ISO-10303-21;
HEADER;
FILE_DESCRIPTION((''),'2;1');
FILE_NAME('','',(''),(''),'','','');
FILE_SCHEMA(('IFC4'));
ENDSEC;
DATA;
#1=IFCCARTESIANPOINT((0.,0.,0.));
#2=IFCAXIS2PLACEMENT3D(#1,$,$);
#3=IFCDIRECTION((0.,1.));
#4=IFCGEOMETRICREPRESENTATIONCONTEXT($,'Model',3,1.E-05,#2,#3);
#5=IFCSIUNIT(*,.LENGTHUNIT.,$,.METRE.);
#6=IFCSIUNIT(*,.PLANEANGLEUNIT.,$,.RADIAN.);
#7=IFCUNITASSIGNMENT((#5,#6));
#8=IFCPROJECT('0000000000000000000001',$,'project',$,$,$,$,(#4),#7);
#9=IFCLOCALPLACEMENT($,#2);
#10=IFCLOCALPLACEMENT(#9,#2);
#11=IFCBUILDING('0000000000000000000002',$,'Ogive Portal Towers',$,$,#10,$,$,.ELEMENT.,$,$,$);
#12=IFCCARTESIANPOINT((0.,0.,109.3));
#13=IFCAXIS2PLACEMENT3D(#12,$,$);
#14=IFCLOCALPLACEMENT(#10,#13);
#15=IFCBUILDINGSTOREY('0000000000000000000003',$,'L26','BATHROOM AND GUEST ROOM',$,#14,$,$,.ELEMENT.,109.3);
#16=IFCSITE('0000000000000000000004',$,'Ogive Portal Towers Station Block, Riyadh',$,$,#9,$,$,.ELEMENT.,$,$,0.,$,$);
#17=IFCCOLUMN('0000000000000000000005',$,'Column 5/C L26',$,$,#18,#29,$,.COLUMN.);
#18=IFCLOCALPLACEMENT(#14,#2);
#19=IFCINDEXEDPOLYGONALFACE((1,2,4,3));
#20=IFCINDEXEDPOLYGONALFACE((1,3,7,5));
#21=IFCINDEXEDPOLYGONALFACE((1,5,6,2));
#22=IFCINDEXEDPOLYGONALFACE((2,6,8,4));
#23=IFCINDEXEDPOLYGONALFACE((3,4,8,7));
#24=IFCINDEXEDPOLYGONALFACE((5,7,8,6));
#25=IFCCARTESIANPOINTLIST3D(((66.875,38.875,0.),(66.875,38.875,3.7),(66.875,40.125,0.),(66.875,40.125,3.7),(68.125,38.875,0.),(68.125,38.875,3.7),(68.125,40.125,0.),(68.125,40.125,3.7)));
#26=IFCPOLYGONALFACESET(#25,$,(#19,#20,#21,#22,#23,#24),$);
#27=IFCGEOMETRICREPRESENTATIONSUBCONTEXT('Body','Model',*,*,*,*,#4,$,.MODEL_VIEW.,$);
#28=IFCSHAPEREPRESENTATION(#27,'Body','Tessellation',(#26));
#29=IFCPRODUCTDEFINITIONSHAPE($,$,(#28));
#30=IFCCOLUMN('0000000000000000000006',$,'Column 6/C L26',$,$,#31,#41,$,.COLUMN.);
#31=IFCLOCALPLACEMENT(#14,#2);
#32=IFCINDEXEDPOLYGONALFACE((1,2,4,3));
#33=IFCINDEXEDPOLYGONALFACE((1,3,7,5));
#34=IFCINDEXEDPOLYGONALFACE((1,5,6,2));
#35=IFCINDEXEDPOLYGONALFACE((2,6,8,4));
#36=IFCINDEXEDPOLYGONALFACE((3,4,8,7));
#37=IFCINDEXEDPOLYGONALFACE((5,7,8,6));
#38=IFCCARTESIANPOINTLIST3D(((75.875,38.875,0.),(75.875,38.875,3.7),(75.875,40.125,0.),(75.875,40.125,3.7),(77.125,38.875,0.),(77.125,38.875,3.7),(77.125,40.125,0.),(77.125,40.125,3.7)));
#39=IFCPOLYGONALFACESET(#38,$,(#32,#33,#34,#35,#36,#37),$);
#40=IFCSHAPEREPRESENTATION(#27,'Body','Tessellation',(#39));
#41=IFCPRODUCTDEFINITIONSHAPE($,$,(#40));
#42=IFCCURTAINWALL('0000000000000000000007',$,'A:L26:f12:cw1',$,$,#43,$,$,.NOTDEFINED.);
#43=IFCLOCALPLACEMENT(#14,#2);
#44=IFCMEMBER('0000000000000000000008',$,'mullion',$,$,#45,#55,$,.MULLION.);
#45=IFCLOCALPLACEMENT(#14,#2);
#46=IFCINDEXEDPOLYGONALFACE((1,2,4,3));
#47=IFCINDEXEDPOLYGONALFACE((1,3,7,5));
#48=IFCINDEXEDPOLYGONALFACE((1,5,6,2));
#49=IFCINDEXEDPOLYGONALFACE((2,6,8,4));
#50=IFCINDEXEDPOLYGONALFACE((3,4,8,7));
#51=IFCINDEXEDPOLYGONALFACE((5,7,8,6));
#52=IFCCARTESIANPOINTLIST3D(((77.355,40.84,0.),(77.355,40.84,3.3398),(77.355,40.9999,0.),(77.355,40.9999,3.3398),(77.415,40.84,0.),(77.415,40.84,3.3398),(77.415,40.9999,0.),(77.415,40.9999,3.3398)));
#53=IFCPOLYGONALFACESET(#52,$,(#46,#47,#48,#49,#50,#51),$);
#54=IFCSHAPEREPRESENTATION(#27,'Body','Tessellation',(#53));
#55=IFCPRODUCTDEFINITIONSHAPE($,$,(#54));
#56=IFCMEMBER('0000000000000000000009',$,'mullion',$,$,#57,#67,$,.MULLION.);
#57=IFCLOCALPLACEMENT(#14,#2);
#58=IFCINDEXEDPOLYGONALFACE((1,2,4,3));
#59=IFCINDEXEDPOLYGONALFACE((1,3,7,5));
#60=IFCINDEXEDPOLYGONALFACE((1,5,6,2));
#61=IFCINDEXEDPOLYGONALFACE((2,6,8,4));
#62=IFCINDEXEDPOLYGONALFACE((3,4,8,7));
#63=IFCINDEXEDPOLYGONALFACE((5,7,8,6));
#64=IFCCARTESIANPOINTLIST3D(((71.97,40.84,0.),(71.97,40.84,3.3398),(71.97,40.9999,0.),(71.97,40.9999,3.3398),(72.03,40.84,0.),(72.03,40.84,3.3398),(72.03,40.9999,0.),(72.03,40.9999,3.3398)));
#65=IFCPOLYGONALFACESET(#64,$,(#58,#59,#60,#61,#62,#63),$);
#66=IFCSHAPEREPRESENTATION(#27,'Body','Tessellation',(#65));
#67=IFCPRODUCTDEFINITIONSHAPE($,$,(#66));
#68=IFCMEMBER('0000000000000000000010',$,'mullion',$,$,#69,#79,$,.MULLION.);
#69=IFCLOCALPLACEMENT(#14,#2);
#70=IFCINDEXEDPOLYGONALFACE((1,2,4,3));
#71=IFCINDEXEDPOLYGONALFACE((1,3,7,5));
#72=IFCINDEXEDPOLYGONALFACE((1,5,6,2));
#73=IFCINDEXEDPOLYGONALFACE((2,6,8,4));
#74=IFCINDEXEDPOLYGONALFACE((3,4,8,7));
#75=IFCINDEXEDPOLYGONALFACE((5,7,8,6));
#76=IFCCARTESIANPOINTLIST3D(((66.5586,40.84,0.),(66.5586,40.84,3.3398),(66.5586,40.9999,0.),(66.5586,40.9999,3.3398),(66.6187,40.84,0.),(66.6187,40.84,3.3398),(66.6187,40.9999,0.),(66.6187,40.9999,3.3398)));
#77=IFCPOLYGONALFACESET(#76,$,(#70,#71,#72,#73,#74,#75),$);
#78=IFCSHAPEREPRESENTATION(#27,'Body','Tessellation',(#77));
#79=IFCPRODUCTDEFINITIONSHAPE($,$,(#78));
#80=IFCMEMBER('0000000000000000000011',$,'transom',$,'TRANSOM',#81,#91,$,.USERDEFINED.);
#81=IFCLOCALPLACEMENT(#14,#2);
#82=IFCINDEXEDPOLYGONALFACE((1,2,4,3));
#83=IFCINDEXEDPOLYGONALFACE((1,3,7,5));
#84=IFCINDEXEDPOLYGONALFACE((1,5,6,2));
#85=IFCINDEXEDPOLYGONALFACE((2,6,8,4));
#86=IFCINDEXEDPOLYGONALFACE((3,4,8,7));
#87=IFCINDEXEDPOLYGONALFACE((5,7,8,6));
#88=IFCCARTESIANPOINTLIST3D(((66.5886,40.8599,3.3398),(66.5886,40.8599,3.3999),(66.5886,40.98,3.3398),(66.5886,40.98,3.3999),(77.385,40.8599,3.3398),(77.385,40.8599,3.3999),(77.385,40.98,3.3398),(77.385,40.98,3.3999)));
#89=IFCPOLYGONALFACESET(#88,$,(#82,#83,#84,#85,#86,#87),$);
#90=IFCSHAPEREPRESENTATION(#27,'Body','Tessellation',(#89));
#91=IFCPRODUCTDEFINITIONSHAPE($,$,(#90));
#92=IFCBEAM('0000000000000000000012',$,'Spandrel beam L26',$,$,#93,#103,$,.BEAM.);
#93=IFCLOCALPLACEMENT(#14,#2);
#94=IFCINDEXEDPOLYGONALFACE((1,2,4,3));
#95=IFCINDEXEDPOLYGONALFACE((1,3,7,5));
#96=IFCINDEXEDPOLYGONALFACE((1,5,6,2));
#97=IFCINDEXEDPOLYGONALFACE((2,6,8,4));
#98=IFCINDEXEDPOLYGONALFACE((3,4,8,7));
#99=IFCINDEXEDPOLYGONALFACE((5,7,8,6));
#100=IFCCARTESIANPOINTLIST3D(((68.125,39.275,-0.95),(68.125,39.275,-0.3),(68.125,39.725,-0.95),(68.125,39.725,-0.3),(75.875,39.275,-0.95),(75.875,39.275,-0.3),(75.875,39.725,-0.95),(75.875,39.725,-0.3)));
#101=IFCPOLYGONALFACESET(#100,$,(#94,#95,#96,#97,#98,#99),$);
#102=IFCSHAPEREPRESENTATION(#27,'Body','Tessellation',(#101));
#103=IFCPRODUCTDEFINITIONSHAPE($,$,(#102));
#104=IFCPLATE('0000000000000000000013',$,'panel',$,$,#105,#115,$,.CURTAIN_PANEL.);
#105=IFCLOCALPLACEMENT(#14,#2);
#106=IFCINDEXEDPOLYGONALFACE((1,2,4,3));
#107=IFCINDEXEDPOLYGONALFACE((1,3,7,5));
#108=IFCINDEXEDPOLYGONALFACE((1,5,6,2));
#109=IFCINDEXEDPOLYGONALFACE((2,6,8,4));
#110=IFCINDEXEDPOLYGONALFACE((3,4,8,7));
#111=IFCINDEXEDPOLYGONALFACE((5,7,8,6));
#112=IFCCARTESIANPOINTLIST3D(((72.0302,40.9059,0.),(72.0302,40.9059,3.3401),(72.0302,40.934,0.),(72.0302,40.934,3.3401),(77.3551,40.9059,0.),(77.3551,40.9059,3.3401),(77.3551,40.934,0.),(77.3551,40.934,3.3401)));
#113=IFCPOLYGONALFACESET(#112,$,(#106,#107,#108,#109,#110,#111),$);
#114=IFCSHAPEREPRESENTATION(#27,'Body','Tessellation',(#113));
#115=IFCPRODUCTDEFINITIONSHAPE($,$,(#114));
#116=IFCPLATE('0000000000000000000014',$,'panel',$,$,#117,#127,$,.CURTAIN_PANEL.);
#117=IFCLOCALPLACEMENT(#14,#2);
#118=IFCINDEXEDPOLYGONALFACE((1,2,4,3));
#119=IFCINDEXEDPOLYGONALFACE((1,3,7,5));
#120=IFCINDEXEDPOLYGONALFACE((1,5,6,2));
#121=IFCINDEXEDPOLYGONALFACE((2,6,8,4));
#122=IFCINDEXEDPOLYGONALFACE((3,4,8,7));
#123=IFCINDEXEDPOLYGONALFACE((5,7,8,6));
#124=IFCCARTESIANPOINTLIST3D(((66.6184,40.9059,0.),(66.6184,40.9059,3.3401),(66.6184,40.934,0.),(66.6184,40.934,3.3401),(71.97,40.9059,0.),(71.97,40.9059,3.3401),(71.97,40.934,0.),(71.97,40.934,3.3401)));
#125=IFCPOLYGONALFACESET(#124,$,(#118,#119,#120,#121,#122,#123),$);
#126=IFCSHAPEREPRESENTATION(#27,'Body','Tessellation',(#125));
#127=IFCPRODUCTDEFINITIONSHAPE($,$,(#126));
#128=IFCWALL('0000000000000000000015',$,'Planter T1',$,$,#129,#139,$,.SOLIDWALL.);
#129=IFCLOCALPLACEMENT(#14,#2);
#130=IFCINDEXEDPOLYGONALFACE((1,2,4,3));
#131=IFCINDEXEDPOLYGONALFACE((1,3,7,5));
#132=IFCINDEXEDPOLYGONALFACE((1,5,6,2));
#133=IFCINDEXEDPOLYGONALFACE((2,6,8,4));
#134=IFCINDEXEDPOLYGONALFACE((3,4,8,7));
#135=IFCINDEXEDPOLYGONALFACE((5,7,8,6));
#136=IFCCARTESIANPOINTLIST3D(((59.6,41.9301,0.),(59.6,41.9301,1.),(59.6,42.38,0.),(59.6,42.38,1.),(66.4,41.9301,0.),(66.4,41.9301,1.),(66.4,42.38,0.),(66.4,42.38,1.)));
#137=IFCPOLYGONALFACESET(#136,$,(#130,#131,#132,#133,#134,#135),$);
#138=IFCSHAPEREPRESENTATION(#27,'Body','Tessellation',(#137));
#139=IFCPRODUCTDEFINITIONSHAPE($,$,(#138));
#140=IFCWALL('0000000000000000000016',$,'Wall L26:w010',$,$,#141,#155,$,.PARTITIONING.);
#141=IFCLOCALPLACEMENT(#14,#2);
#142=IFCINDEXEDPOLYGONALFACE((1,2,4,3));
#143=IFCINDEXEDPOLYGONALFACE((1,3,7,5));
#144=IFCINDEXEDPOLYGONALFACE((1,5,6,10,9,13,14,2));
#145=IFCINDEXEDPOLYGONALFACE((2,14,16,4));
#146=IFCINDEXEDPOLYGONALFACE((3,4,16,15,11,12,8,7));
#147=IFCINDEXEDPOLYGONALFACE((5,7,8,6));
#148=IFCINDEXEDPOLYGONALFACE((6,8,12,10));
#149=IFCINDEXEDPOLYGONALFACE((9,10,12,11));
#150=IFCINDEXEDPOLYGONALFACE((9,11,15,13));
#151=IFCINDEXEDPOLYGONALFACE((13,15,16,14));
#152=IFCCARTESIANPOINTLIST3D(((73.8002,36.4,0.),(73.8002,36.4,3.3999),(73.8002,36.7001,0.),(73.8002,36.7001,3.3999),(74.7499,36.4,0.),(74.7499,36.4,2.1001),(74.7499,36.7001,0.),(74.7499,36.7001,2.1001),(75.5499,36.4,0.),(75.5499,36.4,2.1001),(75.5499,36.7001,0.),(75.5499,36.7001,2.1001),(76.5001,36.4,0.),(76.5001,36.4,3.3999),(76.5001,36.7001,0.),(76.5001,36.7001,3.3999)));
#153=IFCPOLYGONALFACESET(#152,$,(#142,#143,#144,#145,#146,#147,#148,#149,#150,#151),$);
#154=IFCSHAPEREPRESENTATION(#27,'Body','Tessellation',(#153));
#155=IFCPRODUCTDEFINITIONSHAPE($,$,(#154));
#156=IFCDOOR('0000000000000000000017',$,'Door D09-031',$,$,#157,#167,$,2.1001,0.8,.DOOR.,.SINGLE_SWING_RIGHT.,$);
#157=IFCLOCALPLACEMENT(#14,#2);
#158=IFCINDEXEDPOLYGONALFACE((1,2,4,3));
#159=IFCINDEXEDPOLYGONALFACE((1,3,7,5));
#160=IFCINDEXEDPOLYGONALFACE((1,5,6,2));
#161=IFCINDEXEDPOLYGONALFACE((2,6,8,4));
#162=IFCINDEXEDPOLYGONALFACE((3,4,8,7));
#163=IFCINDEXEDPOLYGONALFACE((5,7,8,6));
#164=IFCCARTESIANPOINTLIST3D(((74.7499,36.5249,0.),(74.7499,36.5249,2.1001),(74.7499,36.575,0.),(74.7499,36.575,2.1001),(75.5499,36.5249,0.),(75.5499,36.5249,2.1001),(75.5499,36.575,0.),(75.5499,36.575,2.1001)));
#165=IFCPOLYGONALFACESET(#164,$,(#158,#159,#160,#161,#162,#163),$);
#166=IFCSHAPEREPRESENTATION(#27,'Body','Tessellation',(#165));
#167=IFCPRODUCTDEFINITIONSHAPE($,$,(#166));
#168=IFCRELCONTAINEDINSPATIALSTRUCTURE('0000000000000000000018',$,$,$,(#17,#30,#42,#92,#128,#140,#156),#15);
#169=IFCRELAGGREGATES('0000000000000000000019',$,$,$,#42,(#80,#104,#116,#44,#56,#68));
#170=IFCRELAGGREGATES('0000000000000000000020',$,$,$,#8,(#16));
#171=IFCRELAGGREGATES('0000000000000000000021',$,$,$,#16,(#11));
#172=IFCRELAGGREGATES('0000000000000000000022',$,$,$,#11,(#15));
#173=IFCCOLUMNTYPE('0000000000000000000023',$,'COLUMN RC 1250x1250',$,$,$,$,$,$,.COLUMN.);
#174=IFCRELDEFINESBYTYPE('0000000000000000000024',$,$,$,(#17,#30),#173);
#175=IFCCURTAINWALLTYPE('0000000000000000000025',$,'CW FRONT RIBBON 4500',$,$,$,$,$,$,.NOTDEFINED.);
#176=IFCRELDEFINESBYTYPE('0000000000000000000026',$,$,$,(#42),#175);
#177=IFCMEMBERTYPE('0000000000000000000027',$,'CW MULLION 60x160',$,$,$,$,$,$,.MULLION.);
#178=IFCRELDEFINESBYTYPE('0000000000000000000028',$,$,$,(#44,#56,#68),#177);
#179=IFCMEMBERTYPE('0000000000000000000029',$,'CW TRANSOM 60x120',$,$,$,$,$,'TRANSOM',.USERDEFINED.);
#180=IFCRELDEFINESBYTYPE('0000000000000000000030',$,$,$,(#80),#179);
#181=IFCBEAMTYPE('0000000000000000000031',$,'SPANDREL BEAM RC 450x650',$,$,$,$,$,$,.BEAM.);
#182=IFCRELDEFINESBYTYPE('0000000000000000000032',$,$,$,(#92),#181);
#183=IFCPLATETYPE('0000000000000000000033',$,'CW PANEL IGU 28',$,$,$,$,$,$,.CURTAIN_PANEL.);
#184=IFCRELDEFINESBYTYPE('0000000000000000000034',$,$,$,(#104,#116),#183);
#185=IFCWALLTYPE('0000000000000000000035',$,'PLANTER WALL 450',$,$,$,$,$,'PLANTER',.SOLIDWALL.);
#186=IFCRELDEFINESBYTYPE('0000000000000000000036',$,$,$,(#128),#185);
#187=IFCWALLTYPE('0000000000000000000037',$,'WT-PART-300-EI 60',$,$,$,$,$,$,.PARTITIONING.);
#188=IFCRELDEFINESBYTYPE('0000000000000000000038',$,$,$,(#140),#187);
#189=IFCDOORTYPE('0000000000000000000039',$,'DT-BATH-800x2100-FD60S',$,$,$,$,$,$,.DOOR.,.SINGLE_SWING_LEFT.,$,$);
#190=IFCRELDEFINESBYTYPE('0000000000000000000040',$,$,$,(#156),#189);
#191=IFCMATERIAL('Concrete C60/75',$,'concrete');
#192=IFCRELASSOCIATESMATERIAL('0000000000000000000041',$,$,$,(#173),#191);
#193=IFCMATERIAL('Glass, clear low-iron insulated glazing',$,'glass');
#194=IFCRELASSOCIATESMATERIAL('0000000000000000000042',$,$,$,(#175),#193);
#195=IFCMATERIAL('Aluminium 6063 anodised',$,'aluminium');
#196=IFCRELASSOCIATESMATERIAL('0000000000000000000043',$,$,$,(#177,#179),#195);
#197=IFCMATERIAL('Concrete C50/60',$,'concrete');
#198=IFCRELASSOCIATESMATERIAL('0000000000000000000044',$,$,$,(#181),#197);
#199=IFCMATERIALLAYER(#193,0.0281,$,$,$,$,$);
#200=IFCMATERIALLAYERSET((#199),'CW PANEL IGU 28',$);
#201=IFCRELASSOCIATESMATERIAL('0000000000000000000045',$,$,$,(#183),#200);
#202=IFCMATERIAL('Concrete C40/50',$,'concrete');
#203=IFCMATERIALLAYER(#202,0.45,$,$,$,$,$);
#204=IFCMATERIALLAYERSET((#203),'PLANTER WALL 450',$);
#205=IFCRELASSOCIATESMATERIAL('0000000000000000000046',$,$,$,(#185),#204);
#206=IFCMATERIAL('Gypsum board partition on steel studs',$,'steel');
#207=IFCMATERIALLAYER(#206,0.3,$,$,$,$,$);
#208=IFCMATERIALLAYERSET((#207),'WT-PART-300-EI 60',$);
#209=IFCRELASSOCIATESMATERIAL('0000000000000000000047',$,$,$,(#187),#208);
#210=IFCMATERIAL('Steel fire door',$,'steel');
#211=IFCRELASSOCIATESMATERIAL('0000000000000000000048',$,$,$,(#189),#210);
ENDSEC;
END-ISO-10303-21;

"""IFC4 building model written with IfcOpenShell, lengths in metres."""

from ifc_helpers import new_model, si_unit, direction, frame, frame_2d, origin, origin_2d, place, context, subcontext, project, spatial, rectangle, extrude, material, layer, layer_set, material_profile, profile_set, type_object, element, fill, aggregate, save


model = new_model("IFC4")

# Units and contexts
model_context = context("Model", 3, precision=1e-05, world=origin(), true_north=direction((0.0, 1.0)))
body_context = subcontext(model_context, "Body", "Model", "MODEL_VIEW")
ifc_project = project(units=[si_unit("LENGTHUNIT", "METRE"), si_unit("PLANEANGLEUNIT", "RADIAN")], contexts=[model_context])

# Site, building, storey
site_placement = place(None, origin())
site = spatial("IfcSite", under=ifc_project, at=site_placement, Name="Ogive Portal Towers Station Block, Riyadh", CompositionType="ELEMENT", RefElevation=0.0)
building_placement = place(site_placement, origin())
building = spatial("IfcBuilding", under=site, at=building_placement, Name="Ogive Portal Towers", CompositionType="ELEMENT")
storey_placement = place(building_placement, frame((0.0, 0.0, 109.3)))
storey = spatial("IfcBuildingStorey", under=building, at=storey_placement, Name="L26", Description="BATHROOM AND GUEST ROOM", CompositionType="ELEMENT", Elevation=109.3)

# Columns
ifc_material_1 = material(Name="Concrete C60/75", Category="concrete")
ifc_material_profile_1 = material_profile(ifc_material_1, rectangle(XDim=1.25, YDim=1.25, at=origin_2d()), Name="RC 1250x1250")
ifc_profile_set_1 = profile_set([ifc_material_profile_1], Name="Concrete C60/75")
column_type = type_object("IfcColumnType", Name="COLUMN RC 1250x1250", PredefinedType="COLUMN", material=ifc_profile_set_1)
for number, where, z_axis, x_axis, name in (
    (1, (67.5, 39.5, 0.0), (0.0, 0.0, 1.0), (1.0, 0.0, 0.0), "Column 5/C L26"),
    (2, (76.5, 39.5, 0.0), (0.0, 0.0, 1.0), (1.0, 0.0, 0.0), "Column 6/C L26"),
):
    element("IfcColumn", number, at=place(storey_placement, frame(where, z_axis=z_axis, x_axis=x_axis)), inside=storey, type_object=column_type, Name=name, PredefinedType="COLUMN", context=body_context, shape_type="SweptSolid", body=[
        extrude(rectangle(XDim=1.25, YDim=1.25, at=origin_2d()), origin(), (0.0, 0.0, 1.0), 3.7),
    ])

# Curtain wall, members
ifc_material_2 = material(Name="Glass, clear low-iron insulated glazing", Category="glass")
curtain_wall_type = type_object("IfcCurtainWallType", Name="CW FRONT RIBBON 4500", PredefinedType="NOTDEFINED", material=ifc_material_2)
curtain_wall_placement = place(storey_placement, origin())
curtain_wall = element("IfcCurtainWall", 3, at=curtain_wall_placement, inside=storey, type_object=curtain_wall_type, Name="A:L26:f12:cw1", PredefinedType="NOTDEFINED")
ifc_material_3 = material(Name="Aluminium 6063 anodised", Category="aluminium")
ifc_material_profile_2 = material_profile(ifc_material_3, rectangle(XDim=0.1599, YDim=0.0601, at=origin_2d()), Name="AL 60x160")
ifc_profile_set_2 = profile_set([ifc_material_profile_2], Name="Aluminium 6063 anodised")
member_type_1 = type_object("IfcMemberType", Name="CW MULLION 60x160", PredefinedType="MULLION", material=ifc_profile_set_2)
member_1_placement = place(storey_placement, frame((77.385, 40.9199, 0.0), z_axis=(0.0, 0.0, 1.0), x_axis=(0.0, -1.0, 0.0)))
member_1 = element("IfcMember", 4, at=member_1_placement, type_object=member_type_1, Name="mullion", PredefinedType="MULLION", context=body_context, shape_type="SweptSolid", body=[
    extrude(rectangle(XDim=0.1599, YDim=0.0601, at=origin_2d()), origin(), (0.0, 0.0, 1.0), 3.3398),
])
member_2_placement = place(storey_placement, frame((72.0, 40.9199, 0.0), z_axis=(0.0, 0.0, 1.0), x_axis=(0.0, -1.0, 0.0)))
member_2 = element("IfcMember", 5, at=member_2_placement, type_object=member_type_1, Name="mullion", PredefinedType="MULLION", context=body_context, shape_type="SweptSolid", body=[
    extrude(rectangle(XDim=0.1599, YDim=0.0601, at=origin_2d()), origin(), (0.0, 0.0, 1.0), 3.3398),
])
member_3_placement = place(storey_placement, frame((66.5886, 40.9199, 0.0), z_axis=(0.0, 0.0, 1.0), x_axis=(0.0, -1.0, 0.0)))
member_3 = element("IfcMember", 6, at=member_3_placement, type_object=member_type_1, Name="mullion", PredefinedType="MULLION", context=body_context, shape_type="SweptSolid", body=[
    extrude(rectangle(XDim=0.1599, YDim=0.0601, at=origin_2d()), origin(), (0.0, 0.0, 1.0), 3.3398),
])
ifc_material_profile_3 = material_profile(ifc_material_3, rectangle(XDim=0.1201, YDim=0.0601, at=origin_2d()), Name="AL 120x60")
ifc_profile_set_3 = profile_set([ifc_material_profile_3], Name="Aluminium 6063 anodised")
member_type_2 = type_object("IfcMemberType", Name="CW TRANSOM 60x120", ElementType="TRANSOM", PredefinedType="USERDEFINED", material=ifc_profile_set_3)
member_4_placement = place(storey_placement, frame((77.385, 40.9199, 3.3699), z_axis=(-1.0, 0.0, 0.0), x_axis=(0.0, -1.0, 0.0)))
member_4 = element("IfcMember", 7, at=member_4_placement, type_object=member_type_2, Name="transom", ObjectType="TRANSOM", PredefinedType="USERDEFINED", context=body_context, shape_type="SweptSolid", body=[
    extrude(rectangle(XDim=0.1201, YDim=0.0601, at=origin_2d()), origin(), (0.0, 0.0, 1.0), 10.7964),
])

# Beam
ifc_material_4 = material(Name="Concrete C50/60", Category="concrete")
ifc_material_profile_4 = material_profile(ifc_material_4, rectangle(XDim=0.45, YDim=0.6499, at=origin_2d()), Name="RC 450x650")
ifc_profile_set_4 = profile_set([ifc_material_profile_4], Name="Concrete C50/60")
beam_type = type_object("IfcBeamType", Name="SPANDREL BEAM RC 450x650", PredefinedType="BEAM", material=ifc_profile_set_4)
beam_placement = place(storey_placement, frame((68.125, 39.5, -0.625), z_axis=(1.0, 0.0, 0.0), x_axis=(0.0, 1.0, 0.0)))
element("IfcBeam", 8, at=beam_placement, inside=storey, type_object=beam_type, Name="Spandrel beam L26", PredefinedType="BEAM", context=body_context, shape_type="SweptSolid", body=[
    extrude(rectangle(XDim=0.45, YDim=0.6499, at=origin_2d()), origin(), (0.0, 0.0, 1.0), 7.75),
])

# Plates
ifc_layer_1 = layer(ifc_material_2, 0.0281)
ifc_layer_set_1 = layer_set([ifc_layer_1], Name="CW PANEL IGU 28")
plate_type = type_object("IfcPlateType", Name="CW PANEL IGU 28", PredefinedType="CURTAIN_PANEL", material=ifc_layer_set_1)
plate_1_placement = place(storey_placement, frame((74.6926, 40.9199, 0.0), z_axis=(0.0, 0.0, 1.0), x_axis=(-1.0, 0.0, 0.0)))
plate_1 = element("IfcPlate", 9, at=plate_1_placement, type_object=plate_type, Name="panel", PredefinedType="CURTAIN_PANEL", context=body_context, shape_type="SweptSolid", body=[
    extrude(rectangle(XDim=5.325, YDim=0.0281, at=origin_2d()), origin(), (0.0, 0.0, 1.0), 3.3401),
])
plate_2_placement = place(storey_placement, frame((69.2942, 40.9199, 0.0), z_axis=(0.0, 0.0, 1.0), x_axis=(-1.0, 0.0, 0.0)))
plate_2 = element("IfcPlate", 10, at=plate_2_placement, type_object=plate_type, Name="panel", PredefinedType="CURTAIN_PANEL", context=body_context, shape_type="SweptSolid", body=[
    extrude(rectangle(XDim=5.3516, YDim=0.0281, at=origin_2d()), origin(), (0.0, 0.0, 1.0), 3.3401),
])
aggregate(curtain_wall, [member_4, plate_1, plate_2, member_1, member_2, member_3])

# Wall
ifc_material_5 = material(Name="Concrete C40/50", Category="concrete")
ifc_layer_2 = layer(ifc_material_5, 0.45)
ifc_layer_set_2 = layer_set([ifc_layer_2], Name="PLANTER WALL 450")
wall_type_1 = type_object("IfcWallType", Name="PLANTER WALL 450", ElementType="PLANTER", PredefinedType="SOLIDWALL", material=ifc_layer_set_2)
wall_1_placement = place(storey_placement, frame((63.0, 42.155, 0.0), z_axis=(0.0, 0.0, 1.0), x_axis=(1.0, 0.0, 0.0)))
element("IfcWall", 11, at=wall_1_placement, inside=storey, type_object=wall_type_1, Name="Planter T1", PredefinedType="SOLIDWALL", context=body_context, shape_type="SweptSolid", body=[
    extrude(rectangle(XDim=6.8, YDim=0.45, at=origin_2d()), origin(), (0.0, 0.0, 1.0), 1.0),
])

# Wall, opening, door
ifc_material_6 = material(Name="Gypsum board partition on steel studs", Category="steel")
ifc_layer_3 = layer(ifc_material_6, 0.3)
ifc_layer_set_3 = layer_set([ifc_layer_3], Name="WT-PART-300-EI 60")
wall_type_2 = type_object("IfcWallType", Name="WT-PART-300-EI 60", PredefinedType="PARTITIONING", material=ifc_layer_set_3)
wall_2_placement = place(storey_placement, frame((73.8, 36.55, 0.0), z_axis=(0.0, 0.0, 1.0), x_axis=(1.0, 0.0, 0.0)))
wall_2 = element("IfcWall", 12, at=wall_2_placement, inside=storey, type_object=wall_type_2, Name="Wall L26:w010", PredefinedType="PARTITIONING", context=body_context, shape_type="SweptSolid", body=[
    extrude(rectangle(XDim=2.7, YDim=0.3, at=frame_2d((1.3501, 0.0))), origin(), (0.0, 0.0, 1.0), 3.3999),
])
opening_1_placement = place(wall_2_placement, frame((0.95, 0.0, 0.0)))
opening_1 = element("IfcOpeningElement", 13, at=opening_1_placement, cuts=wall_2, PredefinedType="OPENING", context=body_context, shape_type="SweptSolid", body=[
    extrude(rectangle(XDim=0.8, YDim=2.1001, at=frame_2d((0.3999, 1.05))), frame((0.0, 0.1602, 0.0), z_axis=(0.0, -1.0, 0.0), x_axis=(1.0, 0.0, 0.0)), (0.0, 0.0, 1.0), 0.3201),
])
ifc_material_7 = material(Name="Steel fire door", Category="steel")
door_type_1 = type_object("IfcDoorType", Name="DT-BATH-800x2100-FD60S", OperationType="SINGLE_SWING_LEFT", PredefinedType="DOOR", material=ifc_material_7)
door_1_placement = place(opening_1_placement, origin())
door_1 = element("IfcDoor", 14, at=door_1_placement, inside=storey, type_object=door_type_1, Name="Door D09-031", OperationType="SINGLE_SWING_RIGHT", OverallHeight=2.1001, OverallWidth=0.8, PredefinedType="DOOR", context=body_context, shape_type="SweptSolid", body=[
    extrude(rectangle(XDim=0.8, YDim=2.1001, at=frame_2d((0.3999, 1.05))), frame((0.0, 0.0249, 0.0), z_axis=(0.0, -1.0, 0.0), x_axis=(1.0, 0.0, 0.0)), (0.0, 0.0, 1.0), 0.05),
])
fill(opening_1, door_1)

save(model, "model.ifc")
